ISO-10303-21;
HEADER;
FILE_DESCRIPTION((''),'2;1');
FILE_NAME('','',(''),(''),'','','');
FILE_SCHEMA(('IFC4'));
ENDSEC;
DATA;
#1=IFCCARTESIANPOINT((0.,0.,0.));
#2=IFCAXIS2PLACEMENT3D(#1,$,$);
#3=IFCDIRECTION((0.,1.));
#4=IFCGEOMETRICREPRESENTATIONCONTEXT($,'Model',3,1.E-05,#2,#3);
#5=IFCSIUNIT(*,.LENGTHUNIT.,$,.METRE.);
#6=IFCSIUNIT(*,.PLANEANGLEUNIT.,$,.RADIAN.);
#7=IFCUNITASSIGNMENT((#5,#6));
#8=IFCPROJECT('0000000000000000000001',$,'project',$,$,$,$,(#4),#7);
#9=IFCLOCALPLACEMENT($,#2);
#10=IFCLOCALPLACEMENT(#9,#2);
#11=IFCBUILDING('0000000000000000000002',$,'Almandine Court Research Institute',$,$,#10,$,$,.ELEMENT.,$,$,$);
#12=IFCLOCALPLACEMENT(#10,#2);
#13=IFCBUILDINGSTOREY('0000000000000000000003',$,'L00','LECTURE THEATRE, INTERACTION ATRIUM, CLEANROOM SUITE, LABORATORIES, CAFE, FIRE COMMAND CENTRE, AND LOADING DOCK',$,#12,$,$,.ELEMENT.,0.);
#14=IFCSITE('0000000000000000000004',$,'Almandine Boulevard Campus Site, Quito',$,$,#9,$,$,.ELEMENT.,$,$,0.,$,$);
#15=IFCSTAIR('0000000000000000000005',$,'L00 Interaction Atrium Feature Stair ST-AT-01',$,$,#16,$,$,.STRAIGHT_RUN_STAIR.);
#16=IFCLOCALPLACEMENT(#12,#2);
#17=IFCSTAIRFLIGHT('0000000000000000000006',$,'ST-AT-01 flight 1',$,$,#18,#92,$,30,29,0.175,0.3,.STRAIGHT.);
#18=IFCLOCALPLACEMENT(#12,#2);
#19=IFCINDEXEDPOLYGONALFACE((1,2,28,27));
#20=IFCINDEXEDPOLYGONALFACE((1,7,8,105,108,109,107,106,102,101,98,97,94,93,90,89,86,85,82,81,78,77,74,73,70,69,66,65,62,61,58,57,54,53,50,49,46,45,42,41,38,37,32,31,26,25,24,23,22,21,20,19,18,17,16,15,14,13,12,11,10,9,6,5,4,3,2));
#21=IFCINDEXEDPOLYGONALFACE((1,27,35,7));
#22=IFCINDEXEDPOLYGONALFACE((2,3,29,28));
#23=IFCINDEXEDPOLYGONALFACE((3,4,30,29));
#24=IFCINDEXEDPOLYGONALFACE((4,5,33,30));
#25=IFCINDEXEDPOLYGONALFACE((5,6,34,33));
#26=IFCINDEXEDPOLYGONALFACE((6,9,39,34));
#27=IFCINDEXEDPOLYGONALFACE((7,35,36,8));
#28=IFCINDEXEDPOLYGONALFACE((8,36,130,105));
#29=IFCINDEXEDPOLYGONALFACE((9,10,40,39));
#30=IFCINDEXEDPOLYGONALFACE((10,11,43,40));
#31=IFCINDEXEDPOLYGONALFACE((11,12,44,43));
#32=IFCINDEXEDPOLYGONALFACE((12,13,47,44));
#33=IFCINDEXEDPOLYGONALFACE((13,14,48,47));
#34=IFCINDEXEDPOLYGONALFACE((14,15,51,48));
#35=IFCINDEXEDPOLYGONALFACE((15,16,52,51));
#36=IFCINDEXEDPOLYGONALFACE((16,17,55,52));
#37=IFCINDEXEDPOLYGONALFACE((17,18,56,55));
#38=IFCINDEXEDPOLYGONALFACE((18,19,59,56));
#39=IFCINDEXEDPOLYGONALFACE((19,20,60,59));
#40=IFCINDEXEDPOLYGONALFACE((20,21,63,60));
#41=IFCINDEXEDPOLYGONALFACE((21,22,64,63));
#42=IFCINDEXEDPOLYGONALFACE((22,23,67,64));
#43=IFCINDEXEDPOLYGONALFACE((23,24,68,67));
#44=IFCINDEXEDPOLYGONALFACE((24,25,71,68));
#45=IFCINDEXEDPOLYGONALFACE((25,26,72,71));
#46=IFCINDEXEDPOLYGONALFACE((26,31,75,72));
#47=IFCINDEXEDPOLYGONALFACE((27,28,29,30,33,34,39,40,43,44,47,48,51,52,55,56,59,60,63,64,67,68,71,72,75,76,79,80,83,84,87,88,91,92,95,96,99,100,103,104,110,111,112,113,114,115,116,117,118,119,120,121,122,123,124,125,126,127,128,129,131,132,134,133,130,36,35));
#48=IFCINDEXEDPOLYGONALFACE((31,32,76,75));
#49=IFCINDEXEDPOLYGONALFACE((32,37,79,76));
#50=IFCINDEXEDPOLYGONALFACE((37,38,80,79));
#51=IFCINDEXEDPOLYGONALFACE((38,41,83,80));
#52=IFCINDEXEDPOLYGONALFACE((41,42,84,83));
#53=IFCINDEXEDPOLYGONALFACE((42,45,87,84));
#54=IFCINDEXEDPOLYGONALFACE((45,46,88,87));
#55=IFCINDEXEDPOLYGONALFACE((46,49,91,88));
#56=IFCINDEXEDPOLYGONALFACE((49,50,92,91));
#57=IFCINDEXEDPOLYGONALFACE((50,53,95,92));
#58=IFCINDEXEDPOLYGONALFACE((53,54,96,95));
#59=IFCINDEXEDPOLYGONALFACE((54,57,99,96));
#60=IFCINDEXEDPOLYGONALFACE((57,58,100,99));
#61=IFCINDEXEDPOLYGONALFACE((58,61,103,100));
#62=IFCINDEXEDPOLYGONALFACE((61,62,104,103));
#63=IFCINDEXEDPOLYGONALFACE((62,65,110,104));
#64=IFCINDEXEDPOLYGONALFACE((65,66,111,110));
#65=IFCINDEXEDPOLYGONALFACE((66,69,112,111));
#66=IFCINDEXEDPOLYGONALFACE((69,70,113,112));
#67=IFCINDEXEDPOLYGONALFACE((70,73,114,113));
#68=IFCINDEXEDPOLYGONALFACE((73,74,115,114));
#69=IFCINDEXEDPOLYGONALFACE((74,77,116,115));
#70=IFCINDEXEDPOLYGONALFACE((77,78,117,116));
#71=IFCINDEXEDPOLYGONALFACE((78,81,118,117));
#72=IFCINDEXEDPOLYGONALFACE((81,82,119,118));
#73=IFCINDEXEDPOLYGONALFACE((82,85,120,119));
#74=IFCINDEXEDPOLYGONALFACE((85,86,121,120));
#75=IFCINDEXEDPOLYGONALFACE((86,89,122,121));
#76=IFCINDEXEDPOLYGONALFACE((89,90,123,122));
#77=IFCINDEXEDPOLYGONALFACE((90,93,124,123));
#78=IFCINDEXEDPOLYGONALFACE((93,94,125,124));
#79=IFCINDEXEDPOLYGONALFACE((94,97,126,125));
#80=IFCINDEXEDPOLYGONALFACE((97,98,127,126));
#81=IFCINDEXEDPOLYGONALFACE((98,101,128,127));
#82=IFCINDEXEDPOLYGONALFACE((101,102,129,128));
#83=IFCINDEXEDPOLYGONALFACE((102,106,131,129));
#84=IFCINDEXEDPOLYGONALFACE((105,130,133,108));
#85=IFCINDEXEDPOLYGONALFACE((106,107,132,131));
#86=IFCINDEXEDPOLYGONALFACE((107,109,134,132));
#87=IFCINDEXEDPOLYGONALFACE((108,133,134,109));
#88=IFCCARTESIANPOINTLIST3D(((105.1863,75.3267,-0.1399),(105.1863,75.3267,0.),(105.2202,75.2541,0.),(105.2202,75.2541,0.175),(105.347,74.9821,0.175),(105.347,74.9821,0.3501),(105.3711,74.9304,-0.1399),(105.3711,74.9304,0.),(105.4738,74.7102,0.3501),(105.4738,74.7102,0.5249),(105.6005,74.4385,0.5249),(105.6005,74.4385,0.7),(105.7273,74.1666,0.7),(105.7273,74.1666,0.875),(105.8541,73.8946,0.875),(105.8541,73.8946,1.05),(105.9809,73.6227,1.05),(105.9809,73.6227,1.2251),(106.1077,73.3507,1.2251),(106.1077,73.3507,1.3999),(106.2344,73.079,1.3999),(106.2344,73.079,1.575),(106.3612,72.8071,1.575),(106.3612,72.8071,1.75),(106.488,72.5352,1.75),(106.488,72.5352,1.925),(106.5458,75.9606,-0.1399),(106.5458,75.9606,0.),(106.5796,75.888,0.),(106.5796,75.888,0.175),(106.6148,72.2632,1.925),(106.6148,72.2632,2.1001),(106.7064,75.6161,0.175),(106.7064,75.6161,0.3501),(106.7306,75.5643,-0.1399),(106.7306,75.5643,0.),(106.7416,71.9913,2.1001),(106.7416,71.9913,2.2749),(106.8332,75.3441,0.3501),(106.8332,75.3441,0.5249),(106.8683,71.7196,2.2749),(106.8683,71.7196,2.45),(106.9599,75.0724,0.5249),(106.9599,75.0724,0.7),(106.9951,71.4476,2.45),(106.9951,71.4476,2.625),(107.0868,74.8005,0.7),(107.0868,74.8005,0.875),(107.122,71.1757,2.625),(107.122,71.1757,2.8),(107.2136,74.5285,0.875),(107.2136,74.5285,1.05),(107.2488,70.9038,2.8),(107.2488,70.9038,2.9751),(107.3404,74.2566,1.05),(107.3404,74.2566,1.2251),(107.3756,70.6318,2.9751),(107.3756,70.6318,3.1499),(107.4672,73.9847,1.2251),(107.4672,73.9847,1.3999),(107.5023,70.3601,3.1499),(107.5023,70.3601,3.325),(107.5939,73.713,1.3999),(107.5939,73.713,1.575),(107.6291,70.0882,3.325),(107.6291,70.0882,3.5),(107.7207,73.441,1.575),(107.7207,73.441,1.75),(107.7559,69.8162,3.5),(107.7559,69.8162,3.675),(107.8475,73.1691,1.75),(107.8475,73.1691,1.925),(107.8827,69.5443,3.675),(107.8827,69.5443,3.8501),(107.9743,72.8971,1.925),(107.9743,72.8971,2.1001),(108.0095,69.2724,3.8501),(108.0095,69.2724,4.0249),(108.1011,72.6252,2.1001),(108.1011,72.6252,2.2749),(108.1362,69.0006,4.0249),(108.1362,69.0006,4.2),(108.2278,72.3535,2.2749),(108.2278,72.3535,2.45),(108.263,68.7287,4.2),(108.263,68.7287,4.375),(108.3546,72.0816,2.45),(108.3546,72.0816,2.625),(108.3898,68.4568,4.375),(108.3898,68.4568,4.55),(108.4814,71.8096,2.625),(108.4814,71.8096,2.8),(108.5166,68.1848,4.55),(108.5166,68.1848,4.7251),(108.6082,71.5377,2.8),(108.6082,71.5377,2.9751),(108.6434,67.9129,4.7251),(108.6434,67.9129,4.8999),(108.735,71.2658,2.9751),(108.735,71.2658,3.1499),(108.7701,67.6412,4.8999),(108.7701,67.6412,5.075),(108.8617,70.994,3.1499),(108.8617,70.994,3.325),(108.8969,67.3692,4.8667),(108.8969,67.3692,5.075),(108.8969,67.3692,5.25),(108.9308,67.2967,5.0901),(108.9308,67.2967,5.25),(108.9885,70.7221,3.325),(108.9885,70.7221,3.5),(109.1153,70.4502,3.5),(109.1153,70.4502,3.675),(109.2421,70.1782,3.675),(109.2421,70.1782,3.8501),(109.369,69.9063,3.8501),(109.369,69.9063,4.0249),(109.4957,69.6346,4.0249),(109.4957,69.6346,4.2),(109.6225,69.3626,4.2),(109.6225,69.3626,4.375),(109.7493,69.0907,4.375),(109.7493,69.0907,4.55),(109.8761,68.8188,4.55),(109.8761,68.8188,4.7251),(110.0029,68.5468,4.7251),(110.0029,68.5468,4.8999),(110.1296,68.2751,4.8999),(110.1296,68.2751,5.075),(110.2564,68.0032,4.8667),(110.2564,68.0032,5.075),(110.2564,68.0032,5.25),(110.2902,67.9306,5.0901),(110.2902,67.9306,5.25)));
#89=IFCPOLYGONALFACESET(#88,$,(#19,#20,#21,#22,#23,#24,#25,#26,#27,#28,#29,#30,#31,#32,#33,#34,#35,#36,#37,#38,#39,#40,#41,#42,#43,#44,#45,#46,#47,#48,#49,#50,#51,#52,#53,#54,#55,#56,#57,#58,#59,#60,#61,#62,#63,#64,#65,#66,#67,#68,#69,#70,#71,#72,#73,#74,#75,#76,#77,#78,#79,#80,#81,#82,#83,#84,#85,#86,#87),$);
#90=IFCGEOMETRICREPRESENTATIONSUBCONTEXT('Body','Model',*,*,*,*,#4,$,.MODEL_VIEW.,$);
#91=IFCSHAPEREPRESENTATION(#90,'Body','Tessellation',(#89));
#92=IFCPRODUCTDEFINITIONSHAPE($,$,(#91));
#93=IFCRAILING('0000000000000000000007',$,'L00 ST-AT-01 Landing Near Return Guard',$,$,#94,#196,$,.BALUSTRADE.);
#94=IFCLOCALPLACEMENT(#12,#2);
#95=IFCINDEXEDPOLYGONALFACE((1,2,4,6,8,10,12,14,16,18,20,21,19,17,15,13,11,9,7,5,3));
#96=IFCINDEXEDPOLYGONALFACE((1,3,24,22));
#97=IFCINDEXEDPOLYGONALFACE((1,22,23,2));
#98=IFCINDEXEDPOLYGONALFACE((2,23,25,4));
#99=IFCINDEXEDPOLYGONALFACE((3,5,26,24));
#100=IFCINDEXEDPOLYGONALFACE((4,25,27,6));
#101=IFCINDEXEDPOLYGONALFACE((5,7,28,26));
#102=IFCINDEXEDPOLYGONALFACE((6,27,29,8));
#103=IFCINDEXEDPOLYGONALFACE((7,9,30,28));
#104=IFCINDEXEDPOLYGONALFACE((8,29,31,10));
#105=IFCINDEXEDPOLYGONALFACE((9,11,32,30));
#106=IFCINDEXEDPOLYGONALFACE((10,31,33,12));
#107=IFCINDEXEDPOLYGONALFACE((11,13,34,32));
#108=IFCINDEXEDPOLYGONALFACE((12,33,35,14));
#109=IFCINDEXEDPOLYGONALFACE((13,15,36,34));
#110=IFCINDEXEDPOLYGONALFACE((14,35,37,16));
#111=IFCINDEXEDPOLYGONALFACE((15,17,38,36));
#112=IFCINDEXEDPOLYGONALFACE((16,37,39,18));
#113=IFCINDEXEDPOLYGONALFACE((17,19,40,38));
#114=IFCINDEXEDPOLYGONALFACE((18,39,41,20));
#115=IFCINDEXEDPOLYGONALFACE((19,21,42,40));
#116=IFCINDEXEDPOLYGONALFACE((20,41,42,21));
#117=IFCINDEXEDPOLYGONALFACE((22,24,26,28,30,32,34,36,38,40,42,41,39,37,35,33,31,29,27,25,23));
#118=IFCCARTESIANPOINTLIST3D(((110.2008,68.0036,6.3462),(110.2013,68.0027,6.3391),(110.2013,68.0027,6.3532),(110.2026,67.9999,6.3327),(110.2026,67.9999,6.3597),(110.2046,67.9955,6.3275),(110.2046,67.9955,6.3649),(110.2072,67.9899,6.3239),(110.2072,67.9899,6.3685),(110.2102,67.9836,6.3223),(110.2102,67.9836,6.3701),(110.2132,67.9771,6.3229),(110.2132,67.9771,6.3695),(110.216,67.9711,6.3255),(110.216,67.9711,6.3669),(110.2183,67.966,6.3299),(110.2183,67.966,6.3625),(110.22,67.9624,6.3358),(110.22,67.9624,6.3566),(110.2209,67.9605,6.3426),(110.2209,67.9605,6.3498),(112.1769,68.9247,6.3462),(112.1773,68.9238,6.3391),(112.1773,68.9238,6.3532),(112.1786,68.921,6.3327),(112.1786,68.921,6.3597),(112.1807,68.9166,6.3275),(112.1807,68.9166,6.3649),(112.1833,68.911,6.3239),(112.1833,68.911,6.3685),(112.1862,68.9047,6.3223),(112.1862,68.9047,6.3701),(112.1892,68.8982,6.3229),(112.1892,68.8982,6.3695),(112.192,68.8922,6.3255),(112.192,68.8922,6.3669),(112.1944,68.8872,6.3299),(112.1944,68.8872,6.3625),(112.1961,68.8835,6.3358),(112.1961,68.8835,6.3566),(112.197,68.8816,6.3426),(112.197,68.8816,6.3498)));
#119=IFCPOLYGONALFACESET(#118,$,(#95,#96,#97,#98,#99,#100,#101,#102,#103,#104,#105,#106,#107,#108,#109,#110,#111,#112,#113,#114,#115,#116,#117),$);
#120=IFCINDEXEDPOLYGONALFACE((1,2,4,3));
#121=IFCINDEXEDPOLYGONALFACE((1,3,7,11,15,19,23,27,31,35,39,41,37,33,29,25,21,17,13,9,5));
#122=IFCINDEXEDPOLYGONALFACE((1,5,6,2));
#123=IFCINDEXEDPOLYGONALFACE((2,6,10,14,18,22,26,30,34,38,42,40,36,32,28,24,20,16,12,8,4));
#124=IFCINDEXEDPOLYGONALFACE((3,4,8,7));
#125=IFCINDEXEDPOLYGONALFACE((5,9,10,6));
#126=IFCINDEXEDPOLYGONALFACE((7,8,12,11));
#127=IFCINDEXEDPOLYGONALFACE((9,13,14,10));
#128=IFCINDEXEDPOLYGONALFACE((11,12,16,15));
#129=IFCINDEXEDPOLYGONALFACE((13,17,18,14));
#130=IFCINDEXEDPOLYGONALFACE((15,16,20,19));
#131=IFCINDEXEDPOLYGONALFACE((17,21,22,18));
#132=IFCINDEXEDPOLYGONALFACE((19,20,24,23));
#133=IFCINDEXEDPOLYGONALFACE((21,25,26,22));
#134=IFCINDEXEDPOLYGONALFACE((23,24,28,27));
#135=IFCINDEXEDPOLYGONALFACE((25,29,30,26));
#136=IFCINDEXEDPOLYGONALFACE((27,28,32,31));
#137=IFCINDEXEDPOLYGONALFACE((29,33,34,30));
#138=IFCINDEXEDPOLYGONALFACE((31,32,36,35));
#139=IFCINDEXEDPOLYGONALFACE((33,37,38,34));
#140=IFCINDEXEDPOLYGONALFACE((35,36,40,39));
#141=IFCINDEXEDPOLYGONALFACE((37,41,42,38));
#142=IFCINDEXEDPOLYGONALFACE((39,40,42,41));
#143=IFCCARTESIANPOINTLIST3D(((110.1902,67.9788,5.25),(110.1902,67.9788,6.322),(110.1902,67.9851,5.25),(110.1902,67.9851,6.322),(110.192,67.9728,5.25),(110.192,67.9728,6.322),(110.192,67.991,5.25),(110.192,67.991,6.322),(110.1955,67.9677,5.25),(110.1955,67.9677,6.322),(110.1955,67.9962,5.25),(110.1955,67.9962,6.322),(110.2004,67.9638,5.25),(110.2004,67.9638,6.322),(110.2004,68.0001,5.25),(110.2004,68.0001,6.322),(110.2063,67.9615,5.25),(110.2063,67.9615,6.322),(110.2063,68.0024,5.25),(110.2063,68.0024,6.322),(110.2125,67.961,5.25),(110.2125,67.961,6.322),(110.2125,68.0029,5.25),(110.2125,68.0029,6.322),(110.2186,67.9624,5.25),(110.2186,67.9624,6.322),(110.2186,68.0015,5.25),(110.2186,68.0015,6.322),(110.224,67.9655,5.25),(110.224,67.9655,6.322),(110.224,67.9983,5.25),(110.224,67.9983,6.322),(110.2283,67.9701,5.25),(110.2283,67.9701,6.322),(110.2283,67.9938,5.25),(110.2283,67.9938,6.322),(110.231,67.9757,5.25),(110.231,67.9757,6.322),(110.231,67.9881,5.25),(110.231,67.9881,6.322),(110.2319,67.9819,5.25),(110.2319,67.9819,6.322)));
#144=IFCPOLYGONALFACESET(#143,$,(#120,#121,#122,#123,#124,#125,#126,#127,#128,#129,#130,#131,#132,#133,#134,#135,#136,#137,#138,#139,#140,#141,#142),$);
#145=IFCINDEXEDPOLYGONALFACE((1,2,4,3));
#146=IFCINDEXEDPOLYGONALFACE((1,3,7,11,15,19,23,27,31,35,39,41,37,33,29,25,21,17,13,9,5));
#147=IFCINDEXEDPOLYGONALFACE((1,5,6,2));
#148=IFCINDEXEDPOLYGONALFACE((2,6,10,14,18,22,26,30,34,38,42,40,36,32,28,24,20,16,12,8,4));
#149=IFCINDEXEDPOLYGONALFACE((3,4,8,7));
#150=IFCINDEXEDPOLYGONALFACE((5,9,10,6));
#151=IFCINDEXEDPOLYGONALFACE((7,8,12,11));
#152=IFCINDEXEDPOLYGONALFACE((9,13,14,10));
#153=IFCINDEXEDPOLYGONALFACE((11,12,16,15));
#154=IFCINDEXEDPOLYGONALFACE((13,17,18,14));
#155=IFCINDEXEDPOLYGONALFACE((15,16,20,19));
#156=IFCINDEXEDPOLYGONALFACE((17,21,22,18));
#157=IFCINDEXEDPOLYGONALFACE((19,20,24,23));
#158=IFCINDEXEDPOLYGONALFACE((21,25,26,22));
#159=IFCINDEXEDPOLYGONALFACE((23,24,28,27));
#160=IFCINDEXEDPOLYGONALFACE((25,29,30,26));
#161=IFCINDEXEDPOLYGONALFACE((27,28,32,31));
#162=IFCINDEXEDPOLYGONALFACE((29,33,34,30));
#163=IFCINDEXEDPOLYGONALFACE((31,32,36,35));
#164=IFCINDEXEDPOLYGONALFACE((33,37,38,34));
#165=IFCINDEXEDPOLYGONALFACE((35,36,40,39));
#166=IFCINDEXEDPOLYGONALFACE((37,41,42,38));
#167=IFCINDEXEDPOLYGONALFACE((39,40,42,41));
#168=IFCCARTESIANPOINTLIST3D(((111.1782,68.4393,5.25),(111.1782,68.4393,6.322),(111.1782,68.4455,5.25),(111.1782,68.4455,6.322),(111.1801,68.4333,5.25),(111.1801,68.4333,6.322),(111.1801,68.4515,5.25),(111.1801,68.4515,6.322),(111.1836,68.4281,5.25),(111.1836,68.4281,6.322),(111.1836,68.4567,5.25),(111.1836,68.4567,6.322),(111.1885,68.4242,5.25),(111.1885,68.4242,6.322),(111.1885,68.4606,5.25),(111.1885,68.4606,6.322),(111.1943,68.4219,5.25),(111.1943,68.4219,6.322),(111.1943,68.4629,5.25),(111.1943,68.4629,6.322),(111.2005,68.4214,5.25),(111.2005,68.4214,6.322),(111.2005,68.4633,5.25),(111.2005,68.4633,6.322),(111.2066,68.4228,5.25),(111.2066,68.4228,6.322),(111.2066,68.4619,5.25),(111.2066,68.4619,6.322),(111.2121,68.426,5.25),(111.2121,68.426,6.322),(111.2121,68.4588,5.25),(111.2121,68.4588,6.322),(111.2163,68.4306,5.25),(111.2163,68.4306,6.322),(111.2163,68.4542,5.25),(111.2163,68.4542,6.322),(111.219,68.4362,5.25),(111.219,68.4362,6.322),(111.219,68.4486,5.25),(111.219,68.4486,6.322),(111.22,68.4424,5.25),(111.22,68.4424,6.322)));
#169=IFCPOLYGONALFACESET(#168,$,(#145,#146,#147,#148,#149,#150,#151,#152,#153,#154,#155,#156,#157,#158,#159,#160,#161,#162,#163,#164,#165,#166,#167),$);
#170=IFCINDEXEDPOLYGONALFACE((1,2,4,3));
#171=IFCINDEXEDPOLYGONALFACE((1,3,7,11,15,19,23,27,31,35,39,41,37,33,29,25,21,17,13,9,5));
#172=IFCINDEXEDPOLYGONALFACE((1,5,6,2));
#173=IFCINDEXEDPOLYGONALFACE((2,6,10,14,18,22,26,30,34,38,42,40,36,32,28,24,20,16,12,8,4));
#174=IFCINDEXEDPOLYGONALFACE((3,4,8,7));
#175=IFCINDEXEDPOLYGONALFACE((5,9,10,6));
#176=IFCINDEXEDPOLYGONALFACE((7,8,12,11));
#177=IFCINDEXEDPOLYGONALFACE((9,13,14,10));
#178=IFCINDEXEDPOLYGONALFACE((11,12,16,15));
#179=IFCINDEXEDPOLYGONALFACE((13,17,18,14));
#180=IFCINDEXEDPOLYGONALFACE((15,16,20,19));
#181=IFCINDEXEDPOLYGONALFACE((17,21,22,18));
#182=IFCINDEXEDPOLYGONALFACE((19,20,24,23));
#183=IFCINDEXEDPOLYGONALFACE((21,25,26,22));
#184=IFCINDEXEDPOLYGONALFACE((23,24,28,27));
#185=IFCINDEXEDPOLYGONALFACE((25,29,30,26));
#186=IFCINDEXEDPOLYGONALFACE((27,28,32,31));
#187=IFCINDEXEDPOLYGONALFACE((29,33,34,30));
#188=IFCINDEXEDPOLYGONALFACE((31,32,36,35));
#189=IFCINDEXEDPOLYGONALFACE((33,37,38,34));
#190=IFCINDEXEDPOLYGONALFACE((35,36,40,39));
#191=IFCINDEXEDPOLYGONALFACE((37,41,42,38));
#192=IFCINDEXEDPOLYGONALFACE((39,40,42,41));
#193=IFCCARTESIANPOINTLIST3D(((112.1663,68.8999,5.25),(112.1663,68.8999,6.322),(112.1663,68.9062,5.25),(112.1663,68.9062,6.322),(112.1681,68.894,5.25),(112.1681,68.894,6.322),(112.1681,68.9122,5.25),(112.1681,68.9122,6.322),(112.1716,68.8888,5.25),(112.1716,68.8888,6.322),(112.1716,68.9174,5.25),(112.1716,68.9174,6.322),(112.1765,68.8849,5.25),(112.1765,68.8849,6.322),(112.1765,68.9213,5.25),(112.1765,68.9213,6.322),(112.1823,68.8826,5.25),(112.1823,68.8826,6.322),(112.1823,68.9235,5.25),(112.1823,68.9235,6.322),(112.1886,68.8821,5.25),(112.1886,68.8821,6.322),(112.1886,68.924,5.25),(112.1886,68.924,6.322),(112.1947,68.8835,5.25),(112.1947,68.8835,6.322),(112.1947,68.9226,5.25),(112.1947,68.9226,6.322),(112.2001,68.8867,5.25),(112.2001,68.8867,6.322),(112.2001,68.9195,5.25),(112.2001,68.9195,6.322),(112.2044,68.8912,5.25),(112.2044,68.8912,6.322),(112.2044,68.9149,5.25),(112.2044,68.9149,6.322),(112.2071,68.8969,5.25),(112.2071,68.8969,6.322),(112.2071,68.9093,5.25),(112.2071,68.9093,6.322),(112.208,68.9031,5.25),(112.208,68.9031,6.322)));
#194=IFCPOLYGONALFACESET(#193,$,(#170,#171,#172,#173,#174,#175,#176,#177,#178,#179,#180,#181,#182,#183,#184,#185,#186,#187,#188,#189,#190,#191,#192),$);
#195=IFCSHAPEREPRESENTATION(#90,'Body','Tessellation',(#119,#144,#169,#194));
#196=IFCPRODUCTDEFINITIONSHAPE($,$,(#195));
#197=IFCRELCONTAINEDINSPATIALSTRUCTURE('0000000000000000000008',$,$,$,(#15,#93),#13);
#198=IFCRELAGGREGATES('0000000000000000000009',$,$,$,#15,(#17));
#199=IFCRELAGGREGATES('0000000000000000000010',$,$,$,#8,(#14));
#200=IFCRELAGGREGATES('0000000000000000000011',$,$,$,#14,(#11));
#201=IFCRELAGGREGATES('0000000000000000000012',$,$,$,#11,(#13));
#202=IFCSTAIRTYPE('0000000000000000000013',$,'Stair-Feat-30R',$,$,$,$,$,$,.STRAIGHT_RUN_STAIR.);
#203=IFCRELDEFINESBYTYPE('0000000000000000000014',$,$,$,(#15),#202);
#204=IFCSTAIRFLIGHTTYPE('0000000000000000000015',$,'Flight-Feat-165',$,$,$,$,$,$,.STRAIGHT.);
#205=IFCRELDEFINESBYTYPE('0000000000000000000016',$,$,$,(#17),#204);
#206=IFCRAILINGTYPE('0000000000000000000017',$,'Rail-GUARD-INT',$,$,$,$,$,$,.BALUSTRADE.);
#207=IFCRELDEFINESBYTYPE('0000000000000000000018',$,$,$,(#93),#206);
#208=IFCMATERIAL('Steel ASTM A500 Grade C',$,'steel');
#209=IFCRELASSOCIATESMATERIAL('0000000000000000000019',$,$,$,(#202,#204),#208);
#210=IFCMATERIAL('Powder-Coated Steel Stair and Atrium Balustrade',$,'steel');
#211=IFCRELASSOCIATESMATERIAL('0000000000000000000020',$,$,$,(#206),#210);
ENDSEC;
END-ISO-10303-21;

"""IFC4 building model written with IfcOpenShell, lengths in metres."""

from ifc_helpers import new_model, si_unit, direction, frame, origin, origin_2d, place, context, subcontext, project, spatial, polyline, circle, outline, extrude, material, type_object, element, aggregate, save


model = new_model("IFC4")

# Units and contexts
model_context = context("Model", 3, precision=1e-05, world=origin(), true_north=direction((0.0, 1.0)))
body_context = subcontext(model_context, "Body", "Model", "MODEL_VIEW")
ifc_project = project(units=[si_unit("LENGTHUNIT", "METRE"), si_unit("PLANEANGLEUNIT", "RADIAN")], contexts=[model_context])

# Site, building, storey
site_placement = place(None, origin())
site = spatial("IfcSite", under=ifc_project, at=site_placement, Name="Almandine Boulevard Campus Site, Quito", CompositionType="ELEMENT", RefElevation=0.0)
building_placement = place(site_placement, origin())
building = spatial("IfcBuilding", under=site, at=building_placement, Name="Almandine Court Research Institute", CompositionType="ELEMENT")
storey_placement = place(building_placement, origin())
storey = spatial("IfcBuildingStorey", under=building, at=storey_placement, Name="L00", Description="LECTURE THEATRE, INTERACTION ATRIUM, CLEANROOM SUITE, LABORATORIES, CAFE, FIRE COMMAND CENTRE, AND LOADING DOCK", CompositionType="ELEMENT", Elevation=0.0)

# Shared definitions
ifc_material_1 = material(Name="Steel ASTM A500 Grade C", Category="steel")

# Stair, stair flight
stair_type = type_object("IfcStairType", Name="Stair-Feat-30R", PredefinedType="STRAIGHT_RUN_STAIR", material=ifc_material_1)
stair_placement = place(storey_placement, origin())
stair = element("IfcStair", 1, at=stair_placement, inside=storey, type_object=stair_type, Name="L00 Interaction Atrium Feature Stair ST-AT-01", PredefinedType="STRAIGHT_RUN_STAIR")
stair_flight_type = type_object("IfcStairFlightType", Name="Flight-Feat-165", PredefinedType="STRAIGHT", material=ifc_material_1)
stair_flight_placement = place(storey_placement, frame((105.8999, 75.571, 0.0), z_axis=(0.0, 0.0, 1.0), x_axis=(0.422618, -0.906308, 0.0)))
stair_flight = element("IfcStairFlight", 2, at=stair_flight_placement, type_object=stair_flight_type, Name="ST-AT-01 flight 1", NumberOfRisers=30, NumberOfTreads=29, PredefinedType="STRAIGHT", RiserHeight=0.175, TreadLength=0.3, context=body_context, shape_type="SweptSolid", body=[
    extrude(outline(polyline([(-0.0801, -0.1399), (-0.0801, 0.0), (0.0, 0.0), (0.0, 0.175), (0.3, 0.175), (0.3, 0.3501), (0.6001, 0.3501), (0.6001, 0.5249), (0.8999, 0.5249), (0.8999, 0.7), (1.2, 0.7), (1.2, 0.875), (1.5, 0.875), (1.5, 1.05), (1.8, 1.05), (1.8, 1.2251), (2.1001, 1.2251), (2.1001, 1.3999), (2.3999, 1.3999), (2.3999, 1.575), (2.7, 1.575), (2.7, 1.75), (3.0, 1.75), (3.0, 1.925), (3.3, 1.925), (3.3, 2.1001), (3.6001, 2.1001), (3.6001, 2.2749), (3.8999, 2.2749), (3.8999, 2.45), (4.2, 2.45), (4.2, 2.625), (4.5, 2.625), (4.5, 2.8), (4.8, 2.8), (4.8, 2.9751), (5.1001, 2.9751), (5.1001, 3.1499), (5.3999, 3.1499), (5.3999, 3.325), (5.7, 3.325), (5.7, 3.5), (6.0, 3.5), (6.0, 3.675), (6.3, 3.675), (6.3, 3.8501), (6.6001, 3.8501), (6.6001, 4.0249), (6.8999, 4.0249), (6.8999, 4.2), (7.2, 4.2), (7.2, 4.375), (7.5, 4.375), (7.5, 4.55), (7.8, 4.55), (7.8, 4.7251), (8.1001, 4.7251), (8.1001, 4.8999), (8.3999, 4.8999), (8.3999, 5.075), (8.7, 5.075), (8.7, 5.25), (8.78, 5.25), (8.78, 5.0901), (8.7, 4.8667), (0.3572, 0.0), (0.3572, -0.1399), (-0.0801, -0.1399)])), frame((0.0, 0.75, 0.0), z_axis=(0.0, -1.0, 0.0), x_axis=(1.0, 0.0, 0.0)), (0.0, 0.0, 1.0), 1.5),
])
aggregate(stair, [stair_flight])

# Railing
ifc_material_2 = material(Name="Powder-Coated Steel Stair and Atrium Balustrade", Category="steel")
railing_type = type_object("IfcRailingType", Name="Rail-GUARD-INT", PredefinedType="BALUSTRADE", material=ifc_material_2)
railing_1_placement = place(storey_placement, frame((110.2109, 67.9819, 5.25)))
element("IfcRailing", 3, at=railing_1_placement, inside=storey, type_object=railing_type, Name="L00 ST-AT-01 Landing Near Return Guard", PredefinedType="BALUSTRADE", context=body_context, shape_type="SweptSolid", body=[
    extrude(circle(Radius=0.0239, at=origin_2d()), frame((0.0, 0.0, 1.0962), z_axis=(0.906363, 0.422499, 0.0), x_axis=(-0.422499, 0.906363, 0.0)), (0.0, 0.0, 1.0), 2.1802),
    extrude(circle(Radius=0.021, at=origin_2d()), origin(), (0.0, 0.0, 1.0), 1.072),
    extrude(circle(Radius=0.021, at=origin_2d()), frame((0.988, 0.4604, 0.0)), (0.0, 0.0, 1.0), 1.072),
    extrude(circle(Radius=0.021, at=origin_2d()), frame((1.9761, 0.9211, 0.0)), (0.0, 0.0, 1.0), 1.072),
])

save(model, "model.ifc")
